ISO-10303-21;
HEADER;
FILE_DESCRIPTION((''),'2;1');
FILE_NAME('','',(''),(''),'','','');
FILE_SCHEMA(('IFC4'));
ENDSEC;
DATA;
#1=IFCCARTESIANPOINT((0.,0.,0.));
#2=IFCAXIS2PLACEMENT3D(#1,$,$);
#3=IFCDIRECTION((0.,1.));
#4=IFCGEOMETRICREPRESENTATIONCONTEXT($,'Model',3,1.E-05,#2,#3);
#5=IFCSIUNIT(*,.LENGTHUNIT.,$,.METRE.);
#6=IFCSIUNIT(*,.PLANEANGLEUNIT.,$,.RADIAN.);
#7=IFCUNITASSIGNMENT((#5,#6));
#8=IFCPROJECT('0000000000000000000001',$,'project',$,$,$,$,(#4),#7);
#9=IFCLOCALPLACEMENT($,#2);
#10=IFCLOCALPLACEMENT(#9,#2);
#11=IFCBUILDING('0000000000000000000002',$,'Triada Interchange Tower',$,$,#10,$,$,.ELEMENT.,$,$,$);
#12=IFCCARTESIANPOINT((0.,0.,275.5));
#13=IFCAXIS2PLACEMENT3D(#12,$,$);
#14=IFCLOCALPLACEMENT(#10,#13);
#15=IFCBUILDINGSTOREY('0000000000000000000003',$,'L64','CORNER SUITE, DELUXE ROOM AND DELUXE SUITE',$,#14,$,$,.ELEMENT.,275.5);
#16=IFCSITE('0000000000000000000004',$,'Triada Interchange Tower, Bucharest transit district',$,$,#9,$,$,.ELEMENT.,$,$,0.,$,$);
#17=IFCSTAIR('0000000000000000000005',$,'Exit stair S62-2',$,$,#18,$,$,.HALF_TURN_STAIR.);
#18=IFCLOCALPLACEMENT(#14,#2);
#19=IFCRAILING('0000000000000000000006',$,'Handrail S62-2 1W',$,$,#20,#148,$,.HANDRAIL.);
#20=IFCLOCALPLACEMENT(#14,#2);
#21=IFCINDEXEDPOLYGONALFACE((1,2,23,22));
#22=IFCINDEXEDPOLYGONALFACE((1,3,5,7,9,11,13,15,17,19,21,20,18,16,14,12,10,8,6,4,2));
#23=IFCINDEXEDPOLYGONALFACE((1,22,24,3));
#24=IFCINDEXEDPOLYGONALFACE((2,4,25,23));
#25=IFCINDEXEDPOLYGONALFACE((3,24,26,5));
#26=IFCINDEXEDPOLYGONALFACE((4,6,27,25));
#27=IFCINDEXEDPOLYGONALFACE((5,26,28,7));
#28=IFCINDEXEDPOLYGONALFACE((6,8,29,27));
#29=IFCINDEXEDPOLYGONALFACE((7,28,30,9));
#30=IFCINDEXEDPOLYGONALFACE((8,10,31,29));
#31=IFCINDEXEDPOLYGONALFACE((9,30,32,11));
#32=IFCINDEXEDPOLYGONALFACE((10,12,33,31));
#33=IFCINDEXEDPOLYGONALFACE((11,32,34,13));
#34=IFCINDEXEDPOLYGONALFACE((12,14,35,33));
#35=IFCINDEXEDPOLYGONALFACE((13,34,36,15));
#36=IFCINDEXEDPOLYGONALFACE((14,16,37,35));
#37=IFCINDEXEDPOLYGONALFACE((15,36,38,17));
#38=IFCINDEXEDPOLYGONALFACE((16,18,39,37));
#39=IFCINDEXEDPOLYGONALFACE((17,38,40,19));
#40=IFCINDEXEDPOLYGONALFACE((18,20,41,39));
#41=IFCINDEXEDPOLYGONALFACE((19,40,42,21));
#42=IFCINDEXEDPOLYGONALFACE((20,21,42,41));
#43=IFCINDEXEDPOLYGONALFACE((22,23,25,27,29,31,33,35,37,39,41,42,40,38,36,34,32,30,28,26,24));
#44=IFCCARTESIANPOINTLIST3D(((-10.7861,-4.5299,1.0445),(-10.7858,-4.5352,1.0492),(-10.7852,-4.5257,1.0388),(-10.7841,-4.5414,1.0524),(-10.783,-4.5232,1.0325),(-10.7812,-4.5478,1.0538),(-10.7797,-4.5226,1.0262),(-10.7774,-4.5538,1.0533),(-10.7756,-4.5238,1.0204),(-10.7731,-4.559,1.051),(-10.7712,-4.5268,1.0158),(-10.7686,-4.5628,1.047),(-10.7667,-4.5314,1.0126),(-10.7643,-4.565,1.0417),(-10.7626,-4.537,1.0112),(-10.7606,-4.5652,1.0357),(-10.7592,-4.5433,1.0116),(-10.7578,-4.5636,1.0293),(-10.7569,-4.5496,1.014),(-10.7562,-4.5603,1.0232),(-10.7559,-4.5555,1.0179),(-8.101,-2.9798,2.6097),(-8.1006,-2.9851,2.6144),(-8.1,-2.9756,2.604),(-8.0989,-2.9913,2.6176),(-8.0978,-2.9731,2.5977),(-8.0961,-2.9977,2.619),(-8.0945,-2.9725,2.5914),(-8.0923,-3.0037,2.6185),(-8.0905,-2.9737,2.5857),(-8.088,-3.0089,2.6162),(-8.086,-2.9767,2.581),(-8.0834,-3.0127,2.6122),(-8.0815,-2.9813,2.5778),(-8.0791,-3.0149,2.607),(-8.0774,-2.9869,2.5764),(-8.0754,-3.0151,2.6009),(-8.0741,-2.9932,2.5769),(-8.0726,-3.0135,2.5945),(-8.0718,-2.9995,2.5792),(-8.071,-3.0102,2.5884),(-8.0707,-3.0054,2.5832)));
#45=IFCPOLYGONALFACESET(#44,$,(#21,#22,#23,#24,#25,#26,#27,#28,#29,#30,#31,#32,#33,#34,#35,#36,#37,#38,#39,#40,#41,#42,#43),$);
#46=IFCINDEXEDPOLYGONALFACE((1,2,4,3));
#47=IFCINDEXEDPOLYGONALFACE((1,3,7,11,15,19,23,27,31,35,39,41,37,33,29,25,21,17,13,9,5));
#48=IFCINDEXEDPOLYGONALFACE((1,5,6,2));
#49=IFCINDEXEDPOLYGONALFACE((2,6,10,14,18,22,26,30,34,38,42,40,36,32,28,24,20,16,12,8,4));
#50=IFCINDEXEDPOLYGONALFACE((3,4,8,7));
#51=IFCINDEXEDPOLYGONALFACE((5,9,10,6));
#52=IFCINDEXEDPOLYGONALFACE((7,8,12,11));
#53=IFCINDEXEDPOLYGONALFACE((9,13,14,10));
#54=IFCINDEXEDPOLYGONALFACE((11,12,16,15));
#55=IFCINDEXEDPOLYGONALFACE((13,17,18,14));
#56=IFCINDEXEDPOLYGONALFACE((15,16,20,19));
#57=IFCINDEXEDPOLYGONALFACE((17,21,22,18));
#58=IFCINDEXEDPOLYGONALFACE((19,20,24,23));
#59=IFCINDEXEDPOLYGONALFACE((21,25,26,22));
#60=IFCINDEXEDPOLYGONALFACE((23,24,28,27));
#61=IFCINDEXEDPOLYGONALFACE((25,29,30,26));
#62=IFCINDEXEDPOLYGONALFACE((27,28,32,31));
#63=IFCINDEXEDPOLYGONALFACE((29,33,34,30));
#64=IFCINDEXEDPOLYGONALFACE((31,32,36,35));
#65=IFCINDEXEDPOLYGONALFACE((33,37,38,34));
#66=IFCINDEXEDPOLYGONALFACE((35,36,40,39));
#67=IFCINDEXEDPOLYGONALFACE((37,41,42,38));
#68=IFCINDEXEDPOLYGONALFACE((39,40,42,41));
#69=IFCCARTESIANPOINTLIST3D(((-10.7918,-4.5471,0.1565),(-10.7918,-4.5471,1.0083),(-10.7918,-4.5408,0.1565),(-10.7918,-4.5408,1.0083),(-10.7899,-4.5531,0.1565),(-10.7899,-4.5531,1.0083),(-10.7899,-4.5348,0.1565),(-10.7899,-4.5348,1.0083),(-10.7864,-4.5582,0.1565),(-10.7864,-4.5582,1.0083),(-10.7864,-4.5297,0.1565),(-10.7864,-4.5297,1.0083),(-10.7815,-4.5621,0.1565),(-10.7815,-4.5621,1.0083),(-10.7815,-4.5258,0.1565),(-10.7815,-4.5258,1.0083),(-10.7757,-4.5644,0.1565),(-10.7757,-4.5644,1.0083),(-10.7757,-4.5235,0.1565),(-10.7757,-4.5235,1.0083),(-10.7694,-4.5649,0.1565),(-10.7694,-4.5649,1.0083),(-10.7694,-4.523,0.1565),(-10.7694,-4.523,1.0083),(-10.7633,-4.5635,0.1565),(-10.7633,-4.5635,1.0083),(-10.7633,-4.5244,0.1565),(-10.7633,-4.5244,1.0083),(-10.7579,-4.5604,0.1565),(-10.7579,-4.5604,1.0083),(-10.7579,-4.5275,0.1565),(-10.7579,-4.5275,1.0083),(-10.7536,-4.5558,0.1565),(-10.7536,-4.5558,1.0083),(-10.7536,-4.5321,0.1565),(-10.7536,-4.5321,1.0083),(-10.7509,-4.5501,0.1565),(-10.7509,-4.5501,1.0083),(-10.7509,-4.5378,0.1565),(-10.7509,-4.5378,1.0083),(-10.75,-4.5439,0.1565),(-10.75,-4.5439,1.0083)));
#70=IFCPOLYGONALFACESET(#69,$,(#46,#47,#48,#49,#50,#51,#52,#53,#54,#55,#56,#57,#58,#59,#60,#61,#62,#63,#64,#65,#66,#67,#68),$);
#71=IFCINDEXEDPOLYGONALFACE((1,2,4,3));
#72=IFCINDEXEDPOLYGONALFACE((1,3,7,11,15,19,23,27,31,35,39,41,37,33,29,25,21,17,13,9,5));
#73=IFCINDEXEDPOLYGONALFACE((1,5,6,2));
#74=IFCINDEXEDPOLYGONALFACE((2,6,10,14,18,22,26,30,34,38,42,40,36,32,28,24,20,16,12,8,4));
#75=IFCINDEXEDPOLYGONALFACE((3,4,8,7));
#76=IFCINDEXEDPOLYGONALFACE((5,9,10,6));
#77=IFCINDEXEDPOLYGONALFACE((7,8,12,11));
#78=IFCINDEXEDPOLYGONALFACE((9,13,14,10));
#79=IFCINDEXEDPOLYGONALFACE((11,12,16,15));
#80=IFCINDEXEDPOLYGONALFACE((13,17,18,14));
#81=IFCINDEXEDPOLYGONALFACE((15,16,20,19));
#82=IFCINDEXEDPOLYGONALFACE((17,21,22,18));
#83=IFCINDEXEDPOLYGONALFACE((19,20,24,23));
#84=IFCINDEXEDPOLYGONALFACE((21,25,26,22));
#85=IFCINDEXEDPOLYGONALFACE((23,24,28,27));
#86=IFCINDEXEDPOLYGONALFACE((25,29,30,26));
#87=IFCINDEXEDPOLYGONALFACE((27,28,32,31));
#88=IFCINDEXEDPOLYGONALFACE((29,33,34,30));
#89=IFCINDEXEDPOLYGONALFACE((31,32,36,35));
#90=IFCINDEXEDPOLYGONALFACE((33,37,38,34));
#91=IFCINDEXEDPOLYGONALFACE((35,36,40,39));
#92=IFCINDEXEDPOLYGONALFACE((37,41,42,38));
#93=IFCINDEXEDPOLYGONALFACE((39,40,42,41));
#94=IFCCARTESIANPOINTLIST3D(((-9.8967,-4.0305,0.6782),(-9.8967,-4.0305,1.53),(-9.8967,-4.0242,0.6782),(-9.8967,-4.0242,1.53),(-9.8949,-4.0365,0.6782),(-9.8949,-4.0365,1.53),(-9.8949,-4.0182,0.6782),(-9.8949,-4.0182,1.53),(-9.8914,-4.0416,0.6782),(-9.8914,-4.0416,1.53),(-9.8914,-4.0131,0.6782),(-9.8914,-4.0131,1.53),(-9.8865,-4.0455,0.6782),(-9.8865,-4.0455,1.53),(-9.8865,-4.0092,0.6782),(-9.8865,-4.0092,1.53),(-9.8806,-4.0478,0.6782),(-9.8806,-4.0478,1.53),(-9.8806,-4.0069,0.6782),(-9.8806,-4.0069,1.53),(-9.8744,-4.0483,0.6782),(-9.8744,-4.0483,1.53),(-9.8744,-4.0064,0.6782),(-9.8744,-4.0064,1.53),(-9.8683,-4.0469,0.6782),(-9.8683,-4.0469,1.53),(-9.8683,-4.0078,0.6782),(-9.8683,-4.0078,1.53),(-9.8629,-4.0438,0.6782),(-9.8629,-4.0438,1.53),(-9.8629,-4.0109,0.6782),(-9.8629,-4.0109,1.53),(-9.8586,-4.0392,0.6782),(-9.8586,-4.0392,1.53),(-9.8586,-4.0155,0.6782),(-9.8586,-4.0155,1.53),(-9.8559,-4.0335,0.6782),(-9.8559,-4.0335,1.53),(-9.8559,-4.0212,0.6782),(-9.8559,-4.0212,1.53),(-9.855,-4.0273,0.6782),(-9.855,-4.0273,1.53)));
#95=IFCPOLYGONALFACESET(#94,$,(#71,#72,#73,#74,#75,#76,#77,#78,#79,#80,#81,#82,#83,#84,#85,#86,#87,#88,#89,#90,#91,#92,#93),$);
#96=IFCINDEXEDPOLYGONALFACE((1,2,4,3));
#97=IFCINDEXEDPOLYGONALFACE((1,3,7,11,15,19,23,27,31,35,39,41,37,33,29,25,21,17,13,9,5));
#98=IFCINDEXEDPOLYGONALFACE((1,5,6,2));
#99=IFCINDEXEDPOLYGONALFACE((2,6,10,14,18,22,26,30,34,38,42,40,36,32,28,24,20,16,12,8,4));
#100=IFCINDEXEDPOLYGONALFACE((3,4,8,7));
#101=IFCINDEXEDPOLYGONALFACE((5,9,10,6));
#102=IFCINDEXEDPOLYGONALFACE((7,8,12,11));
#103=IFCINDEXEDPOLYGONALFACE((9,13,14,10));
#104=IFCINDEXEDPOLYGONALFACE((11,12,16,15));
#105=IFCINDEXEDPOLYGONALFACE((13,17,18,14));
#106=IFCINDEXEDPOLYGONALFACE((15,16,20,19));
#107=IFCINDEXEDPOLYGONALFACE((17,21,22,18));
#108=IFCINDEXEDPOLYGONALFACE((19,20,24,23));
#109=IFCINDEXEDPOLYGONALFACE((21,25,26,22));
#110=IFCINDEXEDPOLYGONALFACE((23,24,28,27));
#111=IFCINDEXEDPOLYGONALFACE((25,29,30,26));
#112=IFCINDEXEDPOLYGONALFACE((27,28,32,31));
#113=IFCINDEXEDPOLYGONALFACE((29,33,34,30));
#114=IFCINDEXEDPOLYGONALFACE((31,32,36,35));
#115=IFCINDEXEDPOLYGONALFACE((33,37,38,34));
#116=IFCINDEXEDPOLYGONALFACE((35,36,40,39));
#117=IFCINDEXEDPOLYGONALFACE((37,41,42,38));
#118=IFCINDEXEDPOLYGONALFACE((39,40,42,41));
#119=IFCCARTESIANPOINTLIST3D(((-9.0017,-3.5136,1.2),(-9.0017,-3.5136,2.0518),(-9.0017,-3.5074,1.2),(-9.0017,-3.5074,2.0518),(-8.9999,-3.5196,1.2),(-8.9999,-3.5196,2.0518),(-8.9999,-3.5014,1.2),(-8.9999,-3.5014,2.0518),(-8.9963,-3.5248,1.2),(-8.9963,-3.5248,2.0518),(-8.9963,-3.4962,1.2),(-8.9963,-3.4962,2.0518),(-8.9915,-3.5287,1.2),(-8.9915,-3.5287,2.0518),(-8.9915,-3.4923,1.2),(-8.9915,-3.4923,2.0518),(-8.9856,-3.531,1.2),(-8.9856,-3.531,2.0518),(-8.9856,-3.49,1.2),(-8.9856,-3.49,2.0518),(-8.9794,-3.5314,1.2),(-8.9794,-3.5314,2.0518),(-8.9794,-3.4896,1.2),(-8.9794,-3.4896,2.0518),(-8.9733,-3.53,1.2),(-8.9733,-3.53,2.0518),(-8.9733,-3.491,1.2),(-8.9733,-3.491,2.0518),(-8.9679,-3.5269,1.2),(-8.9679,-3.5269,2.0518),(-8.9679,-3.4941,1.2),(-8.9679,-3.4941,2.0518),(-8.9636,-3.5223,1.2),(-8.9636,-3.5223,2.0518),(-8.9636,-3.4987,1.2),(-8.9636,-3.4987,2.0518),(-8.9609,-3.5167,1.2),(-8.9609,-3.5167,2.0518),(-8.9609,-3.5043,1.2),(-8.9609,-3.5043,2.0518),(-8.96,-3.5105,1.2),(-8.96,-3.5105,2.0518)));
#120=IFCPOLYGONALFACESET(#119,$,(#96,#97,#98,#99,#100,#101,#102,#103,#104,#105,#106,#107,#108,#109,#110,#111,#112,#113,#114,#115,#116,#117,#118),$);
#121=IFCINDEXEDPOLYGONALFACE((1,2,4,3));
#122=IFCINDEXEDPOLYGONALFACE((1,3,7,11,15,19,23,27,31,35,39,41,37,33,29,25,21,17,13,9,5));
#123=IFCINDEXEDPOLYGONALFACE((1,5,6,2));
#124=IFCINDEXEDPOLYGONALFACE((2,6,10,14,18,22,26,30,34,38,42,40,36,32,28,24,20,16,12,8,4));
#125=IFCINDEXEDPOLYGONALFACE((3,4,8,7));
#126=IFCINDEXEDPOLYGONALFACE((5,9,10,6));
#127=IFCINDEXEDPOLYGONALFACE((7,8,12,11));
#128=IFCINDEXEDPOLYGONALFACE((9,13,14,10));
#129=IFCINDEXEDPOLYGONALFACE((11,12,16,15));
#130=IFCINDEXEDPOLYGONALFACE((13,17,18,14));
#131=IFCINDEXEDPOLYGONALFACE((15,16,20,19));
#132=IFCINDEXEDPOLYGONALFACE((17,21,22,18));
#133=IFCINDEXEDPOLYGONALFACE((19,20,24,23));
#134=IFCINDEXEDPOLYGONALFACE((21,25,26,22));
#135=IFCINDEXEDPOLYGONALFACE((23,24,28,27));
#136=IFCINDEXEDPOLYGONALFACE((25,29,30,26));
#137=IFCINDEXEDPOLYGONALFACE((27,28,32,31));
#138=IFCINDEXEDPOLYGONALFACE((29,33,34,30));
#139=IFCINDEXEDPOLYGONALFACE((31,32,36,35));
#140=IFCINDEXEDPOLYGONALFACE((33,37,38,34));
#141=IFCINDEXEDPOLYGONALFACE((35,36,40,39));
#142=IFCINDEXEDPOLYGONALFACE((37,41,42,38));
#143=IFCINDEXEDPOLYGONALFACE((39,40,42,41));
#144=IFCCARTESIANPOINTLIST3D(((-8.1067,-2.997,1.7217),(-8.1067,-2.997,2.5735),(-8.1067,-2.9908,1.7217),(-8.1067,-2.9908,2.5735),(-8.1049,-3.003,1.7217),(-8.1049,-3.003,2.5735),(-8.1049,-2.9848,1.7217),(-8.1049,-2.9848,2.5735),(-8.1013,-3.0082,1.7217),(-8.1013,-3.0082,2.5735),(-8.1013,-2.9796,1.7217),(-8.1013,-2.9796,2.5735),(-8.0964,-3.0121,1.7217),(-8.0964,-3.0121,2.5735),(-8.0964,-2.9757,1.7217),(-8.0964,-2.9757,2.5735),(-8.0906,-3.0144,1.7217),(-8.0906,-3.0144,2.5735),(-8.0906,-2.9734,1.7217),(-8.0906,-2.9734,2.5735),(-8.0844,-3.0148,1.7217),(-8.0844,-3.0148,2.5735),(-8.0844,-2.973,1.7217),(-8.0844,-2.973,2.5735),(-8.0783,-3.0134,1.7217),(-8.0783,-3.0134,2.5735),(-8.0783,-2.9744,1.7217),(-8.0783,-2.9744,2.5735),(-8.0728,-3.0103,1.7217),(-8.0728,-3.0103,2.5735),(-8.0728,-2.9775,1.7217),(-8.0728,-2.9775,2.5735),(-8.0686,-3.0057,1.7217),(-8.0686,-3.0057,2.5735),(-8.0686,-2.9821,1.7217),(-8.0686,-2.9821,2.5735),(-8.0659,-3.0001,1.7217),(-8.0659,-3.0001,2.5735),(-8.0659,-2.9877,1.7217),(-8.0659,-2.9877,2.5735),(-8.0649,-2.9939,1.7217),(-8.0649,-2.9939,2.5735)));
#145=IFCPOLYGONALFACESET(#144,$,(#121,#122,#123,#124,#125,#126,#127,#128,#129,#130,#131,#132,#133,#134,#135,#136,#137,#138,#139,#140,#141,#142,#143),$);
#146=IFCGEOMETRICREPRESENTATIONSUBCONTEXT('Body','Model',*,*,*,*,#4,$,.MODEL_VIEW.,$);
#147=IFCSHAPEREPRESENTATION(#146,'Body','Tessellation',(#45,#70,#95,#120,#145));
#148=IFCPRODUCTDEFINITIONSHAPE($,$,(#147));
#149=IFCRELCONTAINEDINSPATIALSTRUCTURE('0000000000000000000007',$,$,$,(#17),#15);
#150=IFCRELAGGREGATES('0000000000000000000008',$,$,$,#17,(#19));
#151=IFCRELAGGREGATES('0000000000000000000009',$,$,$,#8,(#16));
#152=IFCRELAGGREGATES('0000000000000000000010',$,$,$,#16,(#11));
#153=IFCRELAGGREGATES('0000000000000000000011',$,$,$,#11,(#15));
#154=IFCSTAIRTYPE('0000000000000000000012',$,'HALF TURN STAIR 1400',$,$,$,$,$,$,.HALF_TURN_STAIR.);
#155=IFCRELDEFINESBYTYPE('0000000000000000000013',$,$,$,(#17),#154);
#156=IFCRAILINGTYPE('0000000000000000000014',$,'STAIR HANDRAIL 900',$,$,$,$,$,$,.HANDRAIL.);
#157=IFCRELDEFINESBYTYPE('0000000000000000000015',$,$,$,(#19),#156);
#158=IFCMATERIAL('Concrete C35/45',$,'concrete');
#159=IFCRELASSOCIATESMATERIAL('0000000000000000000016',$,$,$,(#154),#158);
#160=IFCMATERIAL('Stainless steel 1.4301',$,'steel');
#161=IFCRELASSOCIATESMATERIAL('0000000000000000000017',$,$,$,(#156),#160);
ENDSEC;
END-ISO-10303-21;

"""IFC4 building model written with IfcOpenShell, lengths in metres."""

from ifc_helpers import new_model, si_unit, direction, frame, origin, origin_2d, place, context, subcontext, project, spatial, circle, extrude, material, type_object, element, aggregate, save


model = new_model("IFC4")

# Units and contexts
model_context = context("Model", 3, precision=1e-05, world=origin(), true_north=direction((0.0, 1.0)))
body_context = subcontext(model_context, "Body", "Model", "MODEL_VIEW")
ifc_project = project(units=[si_unit("LENGTHUNIT", "METRE"), si_unit("PLANEANGLEUNIT", "RADIAN")], contexts=[model_context])

# Site, building, storey
site_placement = place(None, origin())
site = spatial("IfcSite", under=ifc_project, at=site_placement, Name="Triada Interchange Tower, Bucharest transit district", CompositionType="ELEMENT", RefElevation=0.0)
building_placement = place(site_placement, origin())
building = spatial("IfcBuilding", under=site, at=building_placement, Name="Triada Interchange Tower", CompositionType="ELEMENT")
storey_placement = place(building_placement, frame((0.0, 0.0, 275.5)))
storey = spatial("IfcBuildingStorey", under=building, at=storey_placement, Name="L64", Description="CORNER SUITE, DELUXE ROOM AND DELUXE SUITE", CompositionType="ELEMENT", Elevation=275.5)

# Stair, railing
ifc_material_1 = material(Name="Concrete C35/45", Category="concrete")
stair_type = type_object("IfcStairType", Name="HALF TURN STAIR 1400", PredefinedType="HALF_TURN_STAIR", material=ifc_material_1)
stair_placement = place(storey_placement, origin())
stair = element("IfcStair", 1, at=stair_placement, inside=storey, type_object=stair_type, Name="Exit stair S62-2", PredefinedType="HALF_TURN_STAIR")
ifc_material_2 = material(Name="Stainless steel 1.4301", Category="steel")
railing_type = type_object("IfcRailingType", Name="STAIR HANDRAIL 900", PredefinedType="HANDRAIL", material=ifc_material_2)
railing_1_placement = place(storey_placement, frame((-10.771, -4.5439, 0.1565)))
railing_1 = element("IfcRailing", 2, at=railing_1_placement, type_object=railing_type, Name="Handrail S62-2 1W", PredefinedType="HANDRAIL", context=body_context, shape_type="SweptSolid", body=[
    extrude(circle(Radius=0.0239, at=origin_2d()), frame((0.0, 0.0, 0.876), z_axis=(0.773115, 0.446309, 0.450667), x_axis=(-0.499959, 0.866049, 0.0)), (0.0, 0.0, 1.0), 3.4731),
    extrude(circle(Radius=0.021, at=origin_2d()), origin(), (0.0, 0.0, 1.0), 0.8518),
    extrude(circle(Radius=0.021, at=origin_2d()), frame((0.895, 0.5166, 0.5217)), (0.0, 0.0, 1.0), 0.8518),
    extrude(circle(Radius=0.021, at=origin_2d()), frame((1.79, 1.0334, 1.0435)), (0.0, 0.0, 1.0), 0.8518),
    extrude(circle(Radius=0.021, at=origin_2d()), frame((2.6851, 1.55, 1.5652)), (0.0, 0.0, 1.0), 0.8518),
])
aggregate(stair, [railing_1])

save(model, "model.ifc")
